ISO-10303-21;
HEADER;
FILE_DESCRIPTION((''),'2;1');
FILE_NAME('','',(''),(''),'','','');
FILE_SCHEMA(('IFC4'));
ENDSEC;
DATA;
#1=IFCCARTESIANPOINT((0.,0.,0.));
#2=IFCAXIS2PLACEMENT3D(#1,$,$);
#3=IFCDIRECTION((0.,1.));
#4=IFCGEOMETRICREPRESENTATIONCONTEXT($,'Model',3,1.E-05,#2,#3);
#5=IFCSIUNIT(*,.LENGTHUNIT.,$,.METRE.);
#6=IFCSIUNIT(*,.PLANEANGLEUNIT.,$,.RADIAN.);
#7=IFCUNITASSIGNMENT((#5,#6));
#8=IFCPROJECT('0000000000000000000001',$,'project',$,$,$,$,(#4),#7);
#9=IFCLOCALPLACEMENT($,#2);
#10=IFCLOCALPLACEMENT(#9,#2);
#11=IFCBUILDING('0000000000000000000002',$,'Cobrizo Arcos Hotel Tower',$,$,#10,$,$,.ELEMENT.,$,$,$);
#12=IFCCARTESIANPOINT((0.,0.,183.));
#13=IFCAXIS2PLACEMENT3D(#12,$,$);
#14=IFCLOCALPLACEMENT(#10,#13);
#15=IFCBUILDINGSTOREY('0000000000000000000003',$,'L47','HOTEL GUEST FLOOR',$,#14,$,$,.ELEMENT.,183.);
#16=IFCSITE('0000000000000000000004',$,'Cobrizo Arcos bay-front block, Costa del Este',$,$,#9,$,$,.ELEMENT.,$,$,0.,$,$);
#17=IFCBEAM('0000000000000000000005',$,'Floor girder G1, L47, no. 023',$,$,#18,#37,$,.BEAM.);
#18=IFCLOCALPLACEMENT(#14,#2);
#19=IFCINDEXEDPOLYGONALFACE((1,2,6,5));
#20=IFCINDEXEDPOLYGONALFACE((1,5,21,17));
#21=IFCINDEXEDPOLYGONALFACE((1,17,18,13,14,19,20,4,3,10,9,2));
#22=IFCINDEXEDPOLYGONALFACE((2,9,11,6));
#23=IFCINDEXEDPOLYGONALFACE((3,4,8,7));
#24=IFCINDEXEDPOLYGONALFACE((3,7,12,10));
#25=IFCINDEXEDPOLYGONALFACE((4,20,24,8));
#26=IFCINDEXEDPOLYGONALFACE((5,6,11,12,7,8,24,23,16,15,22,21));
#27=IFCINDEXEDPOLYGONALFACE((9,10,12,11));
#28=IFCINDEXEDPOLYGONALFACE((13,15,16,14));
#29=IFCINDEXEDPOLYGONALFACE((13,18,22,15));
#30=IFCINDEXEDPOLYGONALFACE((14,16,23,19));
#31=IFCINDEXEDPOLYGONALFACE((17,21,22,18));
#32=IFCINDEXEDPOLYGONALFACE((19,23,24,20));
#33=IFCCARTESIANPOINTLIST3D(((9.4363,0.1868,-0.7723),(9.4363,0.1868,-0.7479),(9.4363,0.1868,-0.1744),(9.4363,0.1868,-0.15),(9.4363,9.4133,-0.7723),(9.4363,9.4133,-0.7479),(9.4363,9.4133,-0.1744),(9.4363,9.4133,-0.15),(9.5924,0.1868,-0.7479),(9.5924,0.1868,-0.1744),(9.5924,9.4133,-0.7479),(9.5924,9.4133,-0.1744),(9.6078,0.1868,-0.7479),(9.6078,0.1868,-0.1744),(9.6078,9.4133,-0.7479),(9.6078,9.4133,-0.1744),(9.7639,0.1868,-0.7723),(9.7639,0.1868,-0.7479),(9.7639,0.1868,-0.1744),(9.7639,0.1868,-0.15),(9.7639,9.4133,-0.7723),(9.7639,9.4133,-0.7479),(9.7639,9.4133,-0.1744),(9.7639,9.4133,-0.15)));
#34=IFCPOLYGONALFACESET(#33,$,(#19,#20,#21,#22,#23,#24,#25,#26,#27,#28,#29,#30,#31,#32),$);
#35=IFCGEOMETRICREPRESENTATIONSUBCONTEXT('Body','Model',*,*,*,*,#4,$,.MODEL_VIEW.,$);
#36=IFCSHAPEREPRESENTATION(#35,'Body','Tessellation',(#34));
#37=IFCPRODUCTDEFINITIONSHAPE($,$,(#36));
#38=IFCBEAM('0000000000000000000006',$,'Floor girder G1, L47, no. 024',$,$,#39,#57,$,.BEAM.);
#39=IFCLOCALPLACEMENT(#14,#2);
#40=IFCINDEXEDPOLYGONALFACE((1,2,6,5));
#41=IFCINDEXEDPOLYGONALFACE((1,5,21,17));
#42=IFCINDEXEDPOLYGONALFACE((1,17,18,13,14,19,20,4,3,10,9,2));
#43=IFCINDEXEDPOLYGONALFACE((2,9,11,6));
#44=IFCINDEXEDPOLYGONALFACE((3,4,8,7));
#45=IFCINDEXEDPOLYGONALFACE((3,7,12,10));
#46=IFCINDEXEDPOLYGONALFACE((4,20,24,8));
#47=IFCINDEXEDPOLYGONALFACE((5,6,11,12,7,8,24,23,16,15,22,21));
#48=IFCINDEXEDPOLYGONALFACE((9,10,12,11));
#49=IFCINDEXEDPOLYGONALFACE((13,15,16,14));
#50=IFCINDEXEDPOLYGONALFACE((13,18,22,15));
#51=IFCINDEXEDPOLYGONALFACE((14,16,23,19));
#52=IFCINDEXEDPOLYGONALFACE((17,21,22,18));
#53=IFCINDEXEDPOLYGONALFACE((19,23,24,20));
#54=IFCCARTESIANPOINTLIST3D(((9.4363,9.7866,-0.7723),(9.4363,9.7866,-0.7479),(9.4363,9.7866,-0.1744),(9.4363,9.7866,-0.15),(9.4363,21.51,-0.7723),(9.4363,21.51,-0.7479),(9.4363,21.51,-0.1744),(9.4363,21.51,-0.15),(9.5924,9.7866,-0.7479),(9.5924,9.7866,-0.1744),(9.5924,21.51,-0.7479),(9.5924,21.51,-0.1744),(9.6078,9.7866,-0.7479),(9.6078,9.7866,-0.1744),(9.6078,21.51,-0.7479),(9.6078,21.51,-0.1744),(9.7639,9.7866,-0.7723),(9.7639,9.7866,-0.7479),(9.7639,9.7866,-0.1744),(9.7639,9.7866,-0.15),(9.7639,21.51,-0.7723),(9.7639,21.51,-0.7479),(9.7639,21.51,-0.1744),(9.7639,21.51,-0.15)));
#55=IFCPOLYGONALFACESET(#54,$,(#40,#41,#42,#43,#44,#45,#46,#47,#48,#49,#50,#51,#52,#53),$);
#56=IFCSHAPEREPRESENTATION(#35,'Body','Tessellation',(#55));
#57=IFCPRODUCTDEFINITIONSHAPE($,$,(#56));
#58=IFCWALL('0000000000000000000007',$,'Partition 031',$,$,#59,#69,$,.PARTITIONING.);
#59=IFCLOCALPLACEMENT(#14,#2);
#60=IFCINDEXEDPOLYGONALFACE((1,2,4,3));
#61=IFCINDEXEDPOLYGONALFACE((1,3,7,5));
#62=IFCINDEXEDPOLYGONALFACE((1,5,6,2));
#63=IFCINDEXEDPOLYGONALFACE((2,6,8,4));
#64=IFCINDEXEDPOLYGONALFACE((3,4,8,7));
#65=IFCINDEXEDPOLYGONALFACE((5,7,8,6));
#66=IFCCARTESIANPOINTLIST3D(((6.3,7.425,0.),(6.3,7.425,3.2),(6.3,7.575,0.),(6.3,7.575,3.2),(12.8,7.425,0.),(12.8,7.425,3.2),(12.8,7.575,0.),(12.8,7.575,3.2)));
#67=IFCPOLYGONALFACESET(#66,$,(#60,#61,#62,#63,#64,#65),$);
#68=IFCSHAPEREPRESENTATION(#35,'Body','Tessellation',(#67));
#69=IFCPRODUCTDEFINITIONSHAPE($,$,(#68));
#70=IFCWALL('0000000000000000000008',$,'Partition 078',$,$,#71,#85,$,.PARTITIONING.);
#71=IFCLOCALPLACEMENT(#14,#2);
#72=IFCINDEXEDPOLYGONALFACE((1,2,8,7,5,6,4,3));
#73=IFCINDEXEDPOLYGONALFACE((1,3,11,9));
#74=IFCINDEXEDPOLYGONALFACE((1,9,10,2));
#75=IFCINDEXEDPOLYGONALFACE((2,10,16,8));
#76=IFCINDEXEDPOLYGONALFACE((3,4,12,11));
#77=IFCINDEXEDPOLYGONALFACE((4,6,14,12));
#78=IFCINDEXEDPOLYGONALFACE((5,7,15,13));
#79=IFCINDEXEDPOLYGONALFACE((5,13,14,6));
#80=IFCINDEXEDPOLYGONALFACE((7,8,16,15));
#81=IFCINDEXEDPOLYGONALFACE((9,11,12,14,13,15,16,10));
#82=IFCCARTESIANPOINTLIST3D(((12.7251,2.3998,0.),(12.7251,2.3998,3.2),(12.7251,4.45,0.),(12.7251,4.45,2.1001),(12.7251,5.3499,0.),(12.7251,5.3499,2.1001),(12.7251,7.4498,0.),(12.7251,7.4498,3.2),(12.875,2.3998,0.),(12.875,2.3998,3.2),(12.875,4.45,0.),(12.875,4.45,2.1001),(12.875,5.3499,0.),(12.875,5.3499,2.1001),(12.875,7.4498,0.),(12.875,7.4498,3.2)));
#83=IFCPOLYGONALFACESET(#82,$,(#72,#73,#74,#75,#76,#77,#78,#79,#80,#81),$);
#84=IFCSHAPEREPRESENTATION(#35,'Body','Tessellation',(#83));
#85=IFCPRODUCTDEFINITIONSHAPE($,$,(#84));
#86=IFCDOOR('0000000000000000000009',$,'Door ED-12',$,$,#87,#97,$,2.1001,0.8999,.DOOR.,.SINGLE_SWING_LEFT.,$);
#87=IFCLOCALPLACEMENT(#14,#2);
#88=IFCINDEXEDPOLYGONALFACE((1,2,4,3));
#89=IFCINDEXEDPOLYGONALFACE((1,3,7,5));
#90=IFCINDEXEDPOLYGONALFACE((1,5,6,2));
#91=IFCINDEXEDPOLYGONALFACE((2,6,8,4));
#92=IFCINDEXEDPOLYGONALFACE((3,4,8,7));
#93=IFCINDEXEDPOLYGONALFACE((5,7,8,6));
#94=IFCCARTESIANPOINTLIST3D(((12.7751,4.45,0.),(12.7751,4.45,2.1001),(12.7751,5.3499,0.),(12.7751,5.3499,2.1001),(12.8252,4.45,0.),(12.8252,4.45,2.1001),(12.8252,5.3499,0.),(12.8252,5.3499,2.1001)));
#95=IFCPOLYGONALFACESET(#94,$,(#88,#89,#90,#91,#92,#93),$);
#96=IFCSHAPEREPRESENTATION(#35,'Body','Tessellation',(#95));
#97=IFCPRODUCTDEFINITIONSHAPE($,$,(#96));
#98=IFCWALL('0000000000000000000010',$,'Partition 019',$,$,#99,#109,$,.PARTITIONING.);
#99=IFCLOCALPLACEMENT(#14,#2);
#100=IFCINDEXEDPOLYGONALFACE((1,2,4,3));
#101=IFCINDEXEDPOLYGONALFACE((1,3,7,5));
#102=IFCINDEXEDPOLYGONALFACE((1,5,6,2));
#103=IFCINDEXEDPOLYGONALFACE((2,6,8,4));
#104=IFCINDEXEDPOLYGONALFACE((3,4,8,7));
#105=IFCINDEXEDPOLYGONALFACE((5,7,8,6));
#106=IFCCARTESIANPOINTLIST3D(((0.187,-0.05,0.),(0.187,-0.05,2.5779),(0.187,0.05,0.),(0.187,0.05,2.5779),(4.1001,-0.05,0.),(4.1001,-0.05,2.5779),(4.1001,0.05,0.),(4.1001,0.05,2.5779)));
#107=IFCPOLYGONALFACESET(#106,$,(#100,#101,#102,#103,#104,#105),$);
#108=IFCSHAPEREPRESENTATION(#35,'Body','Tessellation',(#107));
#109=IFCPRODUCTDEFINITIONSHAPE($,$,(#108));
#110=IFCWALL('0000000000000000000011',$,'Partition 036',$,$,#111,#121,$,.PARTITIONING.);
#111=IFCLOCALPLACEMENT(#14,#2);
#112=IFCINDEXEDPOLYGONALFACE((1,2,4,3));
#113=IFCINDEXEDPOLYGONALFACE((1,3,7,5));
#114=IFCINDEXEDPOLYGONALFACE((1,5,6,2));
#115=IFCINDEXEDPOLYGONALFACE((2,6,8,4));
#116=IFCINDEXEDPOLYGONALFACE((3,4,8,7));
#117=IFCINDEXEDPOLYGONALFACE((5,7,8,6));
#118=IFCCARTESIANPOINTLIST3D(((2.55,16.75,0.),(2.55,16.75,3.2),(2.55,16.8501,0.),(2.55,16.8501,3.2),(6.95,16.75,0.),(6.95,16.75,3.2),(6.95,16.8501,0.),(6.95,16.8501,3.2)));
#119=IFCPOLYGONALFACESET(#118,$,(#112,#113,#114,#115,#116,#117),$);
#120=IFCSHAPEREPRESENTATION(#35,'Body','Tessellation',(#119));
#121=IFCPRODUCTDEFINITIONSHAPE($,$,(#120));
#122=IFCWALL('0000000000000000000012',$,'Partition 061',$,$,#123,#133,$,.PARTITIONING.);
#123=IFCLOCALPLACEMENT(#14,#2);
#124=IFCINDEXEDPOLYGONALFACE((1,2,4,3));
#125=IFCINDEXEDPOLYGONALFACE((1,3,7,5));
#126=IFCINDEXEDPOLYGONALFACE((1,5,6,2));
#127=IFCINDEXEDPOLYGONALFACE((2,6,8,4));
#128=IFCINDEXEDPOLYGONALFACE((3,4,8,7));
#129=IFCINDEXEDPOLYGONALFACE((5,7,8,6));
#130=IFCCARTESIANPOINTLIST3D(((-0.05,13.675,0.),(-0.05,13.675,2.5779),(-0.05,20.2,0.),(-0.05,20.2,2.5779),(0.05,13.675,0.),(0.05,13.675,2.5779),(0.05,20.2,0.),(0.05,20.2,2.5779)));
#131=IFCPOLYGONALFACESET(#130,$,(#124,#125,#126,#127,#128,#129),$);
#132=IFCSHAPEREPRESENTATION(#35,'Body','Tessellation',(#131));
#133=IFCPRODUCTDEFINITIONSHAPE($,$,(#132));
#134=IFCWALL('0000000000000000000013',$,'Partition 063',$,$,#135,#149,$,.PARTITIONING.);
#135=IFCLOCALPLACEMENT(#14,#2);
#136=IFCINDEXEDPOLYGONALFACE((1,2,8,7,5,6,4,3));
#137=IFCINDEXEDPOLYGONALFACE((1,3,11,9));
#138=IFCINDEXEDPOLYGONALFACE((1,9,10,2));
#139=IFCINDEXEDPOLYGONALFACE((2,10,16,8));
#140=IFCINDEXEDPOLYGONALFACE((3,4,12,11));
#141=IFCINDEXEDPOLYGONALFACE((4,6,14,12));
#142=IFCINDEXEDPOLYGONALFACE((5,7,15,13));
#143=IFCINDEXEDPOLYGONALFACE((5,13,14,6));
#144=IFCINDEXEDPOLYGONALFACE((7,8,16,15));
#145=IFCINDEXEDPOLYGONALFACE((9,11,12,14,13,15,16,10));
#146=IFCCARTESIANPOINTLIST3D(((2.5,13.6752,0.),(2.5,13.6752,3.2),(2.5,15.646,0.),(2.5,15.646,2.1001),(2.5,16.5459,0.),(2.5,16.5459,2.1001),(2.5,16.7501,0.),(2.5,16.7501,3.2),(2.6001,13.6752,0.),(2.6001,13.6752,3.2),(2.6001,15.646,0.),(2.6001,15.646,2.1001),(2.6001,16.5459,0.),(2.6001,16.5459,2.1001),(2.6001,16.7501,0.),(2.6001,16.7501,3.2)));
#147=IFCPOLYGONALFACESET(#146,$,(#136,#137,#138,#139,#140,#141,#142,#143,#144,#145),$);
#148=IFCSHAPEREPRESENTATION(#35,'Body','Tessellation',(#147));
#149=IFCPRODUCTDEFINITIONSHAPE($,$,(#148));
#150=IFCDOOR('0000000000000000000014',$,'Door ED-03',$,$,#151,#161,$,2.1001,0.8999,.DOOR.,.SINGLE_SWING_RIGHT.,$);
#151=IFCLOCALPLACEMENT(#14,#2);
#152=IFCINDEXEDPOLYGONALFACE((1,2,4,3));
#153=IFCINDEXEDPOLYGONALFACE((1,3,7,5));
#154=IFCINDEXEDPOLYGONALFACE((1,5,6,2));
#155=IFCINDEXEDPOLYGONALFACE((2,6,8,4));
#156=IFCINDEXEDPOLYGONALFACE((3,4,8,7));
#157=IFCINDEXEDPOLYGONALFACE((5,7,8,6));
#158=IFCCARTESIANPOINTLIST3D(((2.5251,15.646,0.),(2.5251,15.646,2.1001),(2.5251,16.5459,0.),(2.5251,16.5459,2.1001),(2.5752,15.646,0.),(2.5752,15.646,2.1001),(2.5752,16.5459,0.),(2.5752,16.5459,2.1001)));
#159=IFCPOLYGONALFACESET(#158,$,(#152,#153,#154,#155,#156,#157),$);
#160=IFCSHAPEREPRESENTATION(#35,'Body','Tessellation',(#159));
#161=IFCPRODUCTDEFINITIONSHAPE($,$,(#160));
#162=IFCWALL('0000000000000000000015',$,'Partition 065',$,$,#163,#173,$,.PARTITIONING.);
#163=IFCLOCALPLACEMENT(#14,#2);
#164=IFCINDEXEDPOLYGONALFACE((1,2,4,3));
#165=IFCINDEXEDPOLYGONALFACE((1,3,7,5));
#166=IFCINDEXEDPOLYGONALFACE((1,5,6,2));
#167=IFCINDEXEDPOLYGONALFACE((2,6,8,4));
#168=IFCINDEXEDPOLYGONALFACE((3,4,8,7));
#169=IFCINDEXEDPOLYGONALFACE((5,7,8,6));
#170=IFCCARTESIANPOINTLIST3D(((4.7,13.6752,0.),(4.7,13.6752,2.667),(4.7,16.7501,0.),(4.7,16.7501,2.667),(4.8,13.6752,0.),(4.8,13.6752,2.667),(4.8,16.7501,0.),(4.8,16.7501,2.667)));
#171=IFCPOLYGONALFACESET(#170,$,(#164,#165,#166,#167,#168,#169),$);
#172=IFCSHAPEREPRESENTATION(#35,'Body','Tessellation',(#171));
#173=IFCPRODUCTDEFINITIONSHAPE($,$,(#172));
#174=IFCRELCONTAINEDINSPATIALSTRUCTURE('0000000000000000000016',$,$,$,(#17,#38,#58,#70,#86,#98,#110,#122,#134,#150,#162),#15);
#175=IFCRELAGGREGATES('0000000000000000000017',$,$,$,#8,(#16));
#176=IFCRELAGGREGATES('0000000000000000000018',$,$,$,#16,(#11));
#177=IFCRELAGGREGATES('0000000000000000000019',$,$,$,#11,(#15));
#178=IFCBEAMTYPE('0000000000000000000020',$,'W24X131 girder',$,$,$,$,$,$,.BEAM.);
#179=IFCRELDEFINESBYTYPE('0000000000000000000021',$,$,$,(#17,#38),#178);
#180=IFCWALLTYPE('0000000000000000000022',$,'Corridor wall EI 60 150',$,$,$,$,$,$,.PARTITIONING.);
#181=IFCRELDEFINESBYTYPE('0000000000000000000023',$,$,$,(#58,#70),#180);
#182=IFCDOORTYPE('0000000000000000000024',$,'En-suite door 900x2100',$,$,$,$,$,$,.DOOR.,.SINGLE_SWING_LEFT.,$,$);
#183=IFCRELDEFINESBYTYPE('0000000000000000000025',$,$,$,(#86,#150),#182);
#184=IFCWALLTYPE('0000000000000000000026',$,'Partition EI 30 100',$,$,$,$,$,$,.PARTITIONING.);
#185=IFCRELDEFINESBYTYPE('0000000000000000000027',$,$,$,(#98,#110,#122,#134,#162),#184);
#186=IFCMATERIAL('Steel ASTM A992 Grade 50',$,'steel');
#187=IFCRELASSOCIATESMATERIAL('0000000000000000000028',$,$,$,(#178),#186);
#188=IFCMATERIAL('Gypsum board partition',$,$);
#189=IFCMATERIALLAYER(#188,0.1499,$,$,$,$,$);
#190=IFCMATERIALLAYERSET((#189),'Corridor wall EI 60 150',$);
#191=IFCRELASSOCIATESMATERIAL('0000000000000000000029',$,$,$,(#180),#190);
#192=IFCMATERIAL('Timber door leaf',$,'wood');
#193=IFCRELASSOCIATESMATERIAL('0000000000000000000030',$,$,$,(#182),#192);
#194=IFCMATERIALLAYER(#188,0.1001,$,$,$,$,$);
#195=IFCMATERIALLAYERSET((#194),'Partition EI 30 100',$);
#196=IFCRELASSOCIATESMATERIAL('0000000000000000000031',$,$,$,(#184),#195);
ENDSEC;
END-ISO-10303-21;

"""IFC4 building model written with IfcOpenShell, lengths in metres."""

from ifc_helpers import new_model, si_unit, direction, frame, frame_2d, origin, origin_2d, place, context, subcontext, project, spatial, rectangle, i_section, extrude, material, layer, layer_set, material_profile, profile_set, type_object, element, fill, save


model = new_model("IFC4")

# Units and contexts
model_context = context("Model", 3, precision=1e-05, world=origin(), true_north=direction((0.0, 1.0)))
body_context = subcontext(model_context, "Body", "Model", "MODEL_VIEW")
ifc_project = project(units=[si_unit("LENGTHUNIT", "METRE"), si_unit("PLANEANGLEUNIT", "RADIAN")], contexts=[model_context])

# Site, building, storey
site_placement = place(None, origin())
site = spatial("IfcSite", under=ifc_project, at=site_placement, Name="Cobrizo Arcos bay-front block, Costa del Este", CompositionType="ELEMENT", RefElevation=0.0)
building_placement = place(site_placement, origin())
building = spatial("IfcBuilding", under=site, at=building_placement, Name="Cobrizo Arcos Hotel Tower", CompositionType="ELEMENT")
storey_placement = place(building_placement, frame((0.0, 0.0, 183.0)))
storey = spatial("IfcBuildingStorey", under=building, at=storey_placement, Name="L47", Description="HOTEL GUEST FLOOR", CompositionType="ELEMENT", Elevation=183.0)

# Shared definitions
ifc_material_1 = material(Name="Steel ASTM A992 Grade 50", Category="steel")

# Beams
ifc_material_profile_1 = material_profile(ifc_material_1, i_section(OverallWidth=0.3276, OverallDepth=0.6223, WebThickness=0.0154, FlangeThickness=0.0244, at=origin_2d()), Name="W24X131")
ifc_profile_set_1 = profile_set([ifc_material_profile_1], Name="Steel ASTM A992 Grade 50")
beam_type_1 = type_object("IfcBeamType", Name="W24X131 girder", PredefinedType="BEAM", material=ifc_profile_set_1)
beam_1_placement = place(storey_placement, frame((9.6001, 0.1868, -0.4612), z_axis=(0.0, 1.0, 0.0), x_axis=(-1.0, 0.0, 0.0)))
element("IfcBeam", 1, at=beam_1_placement, inside=storey, type_object=beam_type_1, Name="Floor girder G1, L47, no. 023", PredefinedType="BEAM", context=body_context, shape_type="SweptSolid", body=[
    extrude(i_section(OverallWidth=0.3276, OverallDepth=0.6223, WebThickness=0.0154, FlangeThickness=0.0244, at=origin_2d()), origin(), (0.0, 0.0, 1.0), 9.2266),
])
beam_2_placement = place(storey_placement, frame((9.6001, 9.7866, -0.4612), z_axis=(0.0, 1.0, 0.0), x_axis=(-1.0, 0.0, 0.0)))
element("IfcBeam", 2, at=beam_2_placement, inside=storey, type_object=beam_type_1, Name="Floor girder G1, L47, no. 024", PredefinedType="BEAM", context=body_context, shape_type="SweptSolid", body=[
    extrude(i_section(OverallWidth=0.3276, OverallDepth=0.6223, WebThickness=0.0154, FlangeThickness=0.0244, at=origin_2d()), origin(), (0.0, 0.0, 1.0), 11.7234),
])

# Wall
ifc_material_2 = material(Name="Gypsum board partition")
ifc_layer_1 = layer(ifc_material_2, 0.1499)
ifc_layer_set_1 = layer_set([ifc_layer_1], Name="Corridor wall EI 60 150")
wall_type_1 = type_object("IfcWallType", Name="Corridor wall EI 60 150", PredefinedType="PARTITIONING", material=ifc_layer_set_1)
wall_1_placement = place(storey_placement, frame((6.3, 7.5, 0.0), z_axis=(0.0, 0.0, 1.0), x_axis=(1.0, 0.0, 0.0)))
element("IfcWall", 3, at=wall_1_placement, inside=storey, type_object=wall_type_1, Name="Partition 031", PredefinedType="PARTITIONING", context=body_context, shape_type="SweptSolid", body=[
    extrude(rectangle(XDim=6.5, YDim=0.1499, at=frame_2d((3.25, 0.0))), origin(), (0.0, 0.0, 1.0), 3.2),
])

# Wall, opening, door
wall_2_placement = place(storey_placement, frame((12.8, 2.3999, 0.0), z_axis=(0.0, 0.0, 1.0), x_axis=(0.0, 1.0, 0.0)))
wall_2 = element("IfcWall", 4, at=wall_2_placement, inside=storey, type_object=wall_type_1, Name="Partition 078", PredefinedType="PARTITIONING", context=body_context, shape_type="SweptSolid", body=[
    extrude(rectangle(XDim=5.05, YDim=0.1499, at=frame_2d((2.5249, 0.0))), origin(), (0.0, 0.0, 1.0), 3.2),
])
opening_1_placement = place(wall_2_placement, frame((2.05, 0.0, 0.0)))
opening_1 = element("IfcOpeningElement", 5, at=opening_1_placement, cuts=wall_2, PredefinedType="OPENING", context=body_context, shape_type="SweptSolid", body=[
    extrude(rectangle(XDim=0.8999, YDim=2.1001, at=frame_2d((0.45, 1.05))), frame((0.0, 0.0869, 0.0), z_axis=(0.0, -1.0, 0.0), x_axis=(1.0, 0.0, 0.0)), (0.0, 0.0, 1.0), 0.1738),
])
ifc_material_3 = material(Name="Timber door leaf", Category="wood")
door_type_1 = type_object("IfcDoorType", Name="En-suite door 900x2100", OperationType="SINGLE_SWING_LEFT", PredefinedType="DOOR", material=ifc_material_3)
door_1_placement = place(opening_1_placement, origin())
door_1 = element("IfcDoor", 6, at=door_1_placement, inside=storey, type_object=door_type_1, Name="Door ED-12", OperationType="SINGLE_SWING_LEFT", OverallHeight=2.1001, OverallWidth=0.8999, PredefinedType="DOOR", context=body_context, shape_type="SweptSolid", body=[
    extrude(rectangle(XDim=0.8999, YDim=2.1001, at=frame_2d((0.45, 1.05))), frame((0.0, 0.0249, 0.0), z_axis=(0.0, -1.0, 0.0), x_axis=(1.0, 0.0, 0.0)), (0.0, 0.0, 1.0), 0.05),
])
fill(opening_1, door_1)

# Walls
ifc_layer_2 = layer(ifc_material_2, 0.1001)
ifc_layer_set_2 = layer_set([ifc_layer_2], Name="Partition EI 30 100")
wall_type_2 = type_object("IfcWallType", Name="Partition EI 30 100", PredefinedType="PARTITIONING", material=ifc_layer_set_2)
wall_3_placement = place(storey_placement, frame((0.187, 0.0, 0.0), z_axis=(0.0, 0.0, 1.0), x_axis=(1.0, 0.0, 0.0)))
element("IfcWall", 7, at=wall_3_placement, inside=storey, type_object=wall_type_2, Name="Partition 019", PredefinedType="PARTITIONING", context=body_context, shape_type="SweptSolid", body=[
    extrude(rectangle(XDim=3.9131, YDim=0.1001, at=frame_2d((1.9565, 0.0))), origin(), (0.0, 0.0, 1.0), 2.5779),
])
wall_4_placement = place(storey_placement, frame((2.55, 16.8, 0.0), z_axis=(0.0, 0.0, 1.0), x_axis=(1.0, 0.0, 0.0)))
element("IfcWall", 8, at=wall_4_placement, inside=storey, type_object=wall_type_2, Name="Partition 036", PredefinedType="PARTITIONING", context=body_context, shape_type="SweptSolid", body=[
    extrude(rectangle(XDim=4.3999, YDim=0.1001, at=frame_2d((2.2, 0.0))), origin(), (0.0, 0.0, 1.0), 3.2),
])
wall_5_placement = place(storey_placement, frame((0.0, 13.675, 0.0), z_axis=(0.0, 0.0, 1.0), x_axis=(0.0, 1.0, 0.0)))
element("IfcWall", 9, at=wall_5_placement, inside=storey, type_object=wall_type_2, Name="Partition 061", PredefinedType="PARTITIONING", context=body_context, shape_type="SweptSolid", body=[
    extrude(rectangle(XDim=6.5249, YDim=0.1001, at=frame_2d((3.2625, 0.0))), origin(), (0.0, 0.0, 1.0), 2.5779),
])

# Wall, opening, door
wall_6_placement = place(storey_placement, frame((2.55, 13.675, 0.0), z_axis=(0.0, 0.0, 1.0), x_axis=(0.0, 1.0, 0.0)))
wall_6 = element("IfcWall", 10, at=wall_6_placement, inside=storey, type_object=wall_type_2, Name="Partition 063", PredefinedType="PARTITIONING", context=body_context, shape_type="SweptSolid", body=[
    extrude(rectangle(XDim=3.075, YDim=0.1001, at=frame_2d((1.5376, 0.0))), origin(), (0.0, 0.0, 1.0), 3.2),
])
opening_2_placement = place(wall_6_placement, frame((1.9709, 0.0, 0.0)))
opening_2 = element("IfcOpeningElement", 11, at=opening_2_placement, cuts=wall_6, PredefinedType="OPENING", context=body_context, shape_type="SweptSolid", body=[
    extrude(rectangle(XDim=0.8999, YDim=2.1001, at=frame_2d((0.45, 1.05))), frame((0.0, 0.062, 0.0), z_axis=(0.0, -1.0, 0.0), x_axis=(1.0, 0.0, 0.0)), (0.0, 0.0, 1.0), 0.124),
])
door_2_placement = place(opening_2_placement, origin())
door_2 = element("IfcDoor", 12, at=door_2_placement, inside=storey, type_object=door_type_1, Name="Door ED-03", OperationType="SINGLE_SWING_RIGHT", OverallHeight=2.1001, OverallWidth=0.8999, PredefinedType="DOOR", context=body_context, shape_type="SweptSolid", body=[
    extrude(rectangle(XDim=0.8999, YDim=2.1001, at=frame_2d((0.45, 1.05))), frame((0.0, 0.0249, 0.0), z_axis=(0.0, -1.0, 0.0), x_axis=(1.0, 0.0, 0.0)), (0.0, 0.0, 1.0), 0.05),
])
fill(opening_2, door_2)

# Wall
wall_7_placement = place(storey_placement, frame((4.75, 13.675, 0.0), z_axis=(0.0, 0.0, 1.0), x_axis=(0.0, 1.0, 0.0)))
element("IfcWall", 13, at=wall_7_placement, inside=storey, type_object=wall_type_2, Name="Partition 065", PredefinedType="PARTITIONING", context=body_context, shape_type="SweptSolid", body=[
    extrude(rectangle(XDim=3.075, YDim=0.1001, at=frame_2d((1.5376, 0.0))), origin(), (0.0, 0.0, 1.0), 2.667),
])

save(model, "model.ifc")
